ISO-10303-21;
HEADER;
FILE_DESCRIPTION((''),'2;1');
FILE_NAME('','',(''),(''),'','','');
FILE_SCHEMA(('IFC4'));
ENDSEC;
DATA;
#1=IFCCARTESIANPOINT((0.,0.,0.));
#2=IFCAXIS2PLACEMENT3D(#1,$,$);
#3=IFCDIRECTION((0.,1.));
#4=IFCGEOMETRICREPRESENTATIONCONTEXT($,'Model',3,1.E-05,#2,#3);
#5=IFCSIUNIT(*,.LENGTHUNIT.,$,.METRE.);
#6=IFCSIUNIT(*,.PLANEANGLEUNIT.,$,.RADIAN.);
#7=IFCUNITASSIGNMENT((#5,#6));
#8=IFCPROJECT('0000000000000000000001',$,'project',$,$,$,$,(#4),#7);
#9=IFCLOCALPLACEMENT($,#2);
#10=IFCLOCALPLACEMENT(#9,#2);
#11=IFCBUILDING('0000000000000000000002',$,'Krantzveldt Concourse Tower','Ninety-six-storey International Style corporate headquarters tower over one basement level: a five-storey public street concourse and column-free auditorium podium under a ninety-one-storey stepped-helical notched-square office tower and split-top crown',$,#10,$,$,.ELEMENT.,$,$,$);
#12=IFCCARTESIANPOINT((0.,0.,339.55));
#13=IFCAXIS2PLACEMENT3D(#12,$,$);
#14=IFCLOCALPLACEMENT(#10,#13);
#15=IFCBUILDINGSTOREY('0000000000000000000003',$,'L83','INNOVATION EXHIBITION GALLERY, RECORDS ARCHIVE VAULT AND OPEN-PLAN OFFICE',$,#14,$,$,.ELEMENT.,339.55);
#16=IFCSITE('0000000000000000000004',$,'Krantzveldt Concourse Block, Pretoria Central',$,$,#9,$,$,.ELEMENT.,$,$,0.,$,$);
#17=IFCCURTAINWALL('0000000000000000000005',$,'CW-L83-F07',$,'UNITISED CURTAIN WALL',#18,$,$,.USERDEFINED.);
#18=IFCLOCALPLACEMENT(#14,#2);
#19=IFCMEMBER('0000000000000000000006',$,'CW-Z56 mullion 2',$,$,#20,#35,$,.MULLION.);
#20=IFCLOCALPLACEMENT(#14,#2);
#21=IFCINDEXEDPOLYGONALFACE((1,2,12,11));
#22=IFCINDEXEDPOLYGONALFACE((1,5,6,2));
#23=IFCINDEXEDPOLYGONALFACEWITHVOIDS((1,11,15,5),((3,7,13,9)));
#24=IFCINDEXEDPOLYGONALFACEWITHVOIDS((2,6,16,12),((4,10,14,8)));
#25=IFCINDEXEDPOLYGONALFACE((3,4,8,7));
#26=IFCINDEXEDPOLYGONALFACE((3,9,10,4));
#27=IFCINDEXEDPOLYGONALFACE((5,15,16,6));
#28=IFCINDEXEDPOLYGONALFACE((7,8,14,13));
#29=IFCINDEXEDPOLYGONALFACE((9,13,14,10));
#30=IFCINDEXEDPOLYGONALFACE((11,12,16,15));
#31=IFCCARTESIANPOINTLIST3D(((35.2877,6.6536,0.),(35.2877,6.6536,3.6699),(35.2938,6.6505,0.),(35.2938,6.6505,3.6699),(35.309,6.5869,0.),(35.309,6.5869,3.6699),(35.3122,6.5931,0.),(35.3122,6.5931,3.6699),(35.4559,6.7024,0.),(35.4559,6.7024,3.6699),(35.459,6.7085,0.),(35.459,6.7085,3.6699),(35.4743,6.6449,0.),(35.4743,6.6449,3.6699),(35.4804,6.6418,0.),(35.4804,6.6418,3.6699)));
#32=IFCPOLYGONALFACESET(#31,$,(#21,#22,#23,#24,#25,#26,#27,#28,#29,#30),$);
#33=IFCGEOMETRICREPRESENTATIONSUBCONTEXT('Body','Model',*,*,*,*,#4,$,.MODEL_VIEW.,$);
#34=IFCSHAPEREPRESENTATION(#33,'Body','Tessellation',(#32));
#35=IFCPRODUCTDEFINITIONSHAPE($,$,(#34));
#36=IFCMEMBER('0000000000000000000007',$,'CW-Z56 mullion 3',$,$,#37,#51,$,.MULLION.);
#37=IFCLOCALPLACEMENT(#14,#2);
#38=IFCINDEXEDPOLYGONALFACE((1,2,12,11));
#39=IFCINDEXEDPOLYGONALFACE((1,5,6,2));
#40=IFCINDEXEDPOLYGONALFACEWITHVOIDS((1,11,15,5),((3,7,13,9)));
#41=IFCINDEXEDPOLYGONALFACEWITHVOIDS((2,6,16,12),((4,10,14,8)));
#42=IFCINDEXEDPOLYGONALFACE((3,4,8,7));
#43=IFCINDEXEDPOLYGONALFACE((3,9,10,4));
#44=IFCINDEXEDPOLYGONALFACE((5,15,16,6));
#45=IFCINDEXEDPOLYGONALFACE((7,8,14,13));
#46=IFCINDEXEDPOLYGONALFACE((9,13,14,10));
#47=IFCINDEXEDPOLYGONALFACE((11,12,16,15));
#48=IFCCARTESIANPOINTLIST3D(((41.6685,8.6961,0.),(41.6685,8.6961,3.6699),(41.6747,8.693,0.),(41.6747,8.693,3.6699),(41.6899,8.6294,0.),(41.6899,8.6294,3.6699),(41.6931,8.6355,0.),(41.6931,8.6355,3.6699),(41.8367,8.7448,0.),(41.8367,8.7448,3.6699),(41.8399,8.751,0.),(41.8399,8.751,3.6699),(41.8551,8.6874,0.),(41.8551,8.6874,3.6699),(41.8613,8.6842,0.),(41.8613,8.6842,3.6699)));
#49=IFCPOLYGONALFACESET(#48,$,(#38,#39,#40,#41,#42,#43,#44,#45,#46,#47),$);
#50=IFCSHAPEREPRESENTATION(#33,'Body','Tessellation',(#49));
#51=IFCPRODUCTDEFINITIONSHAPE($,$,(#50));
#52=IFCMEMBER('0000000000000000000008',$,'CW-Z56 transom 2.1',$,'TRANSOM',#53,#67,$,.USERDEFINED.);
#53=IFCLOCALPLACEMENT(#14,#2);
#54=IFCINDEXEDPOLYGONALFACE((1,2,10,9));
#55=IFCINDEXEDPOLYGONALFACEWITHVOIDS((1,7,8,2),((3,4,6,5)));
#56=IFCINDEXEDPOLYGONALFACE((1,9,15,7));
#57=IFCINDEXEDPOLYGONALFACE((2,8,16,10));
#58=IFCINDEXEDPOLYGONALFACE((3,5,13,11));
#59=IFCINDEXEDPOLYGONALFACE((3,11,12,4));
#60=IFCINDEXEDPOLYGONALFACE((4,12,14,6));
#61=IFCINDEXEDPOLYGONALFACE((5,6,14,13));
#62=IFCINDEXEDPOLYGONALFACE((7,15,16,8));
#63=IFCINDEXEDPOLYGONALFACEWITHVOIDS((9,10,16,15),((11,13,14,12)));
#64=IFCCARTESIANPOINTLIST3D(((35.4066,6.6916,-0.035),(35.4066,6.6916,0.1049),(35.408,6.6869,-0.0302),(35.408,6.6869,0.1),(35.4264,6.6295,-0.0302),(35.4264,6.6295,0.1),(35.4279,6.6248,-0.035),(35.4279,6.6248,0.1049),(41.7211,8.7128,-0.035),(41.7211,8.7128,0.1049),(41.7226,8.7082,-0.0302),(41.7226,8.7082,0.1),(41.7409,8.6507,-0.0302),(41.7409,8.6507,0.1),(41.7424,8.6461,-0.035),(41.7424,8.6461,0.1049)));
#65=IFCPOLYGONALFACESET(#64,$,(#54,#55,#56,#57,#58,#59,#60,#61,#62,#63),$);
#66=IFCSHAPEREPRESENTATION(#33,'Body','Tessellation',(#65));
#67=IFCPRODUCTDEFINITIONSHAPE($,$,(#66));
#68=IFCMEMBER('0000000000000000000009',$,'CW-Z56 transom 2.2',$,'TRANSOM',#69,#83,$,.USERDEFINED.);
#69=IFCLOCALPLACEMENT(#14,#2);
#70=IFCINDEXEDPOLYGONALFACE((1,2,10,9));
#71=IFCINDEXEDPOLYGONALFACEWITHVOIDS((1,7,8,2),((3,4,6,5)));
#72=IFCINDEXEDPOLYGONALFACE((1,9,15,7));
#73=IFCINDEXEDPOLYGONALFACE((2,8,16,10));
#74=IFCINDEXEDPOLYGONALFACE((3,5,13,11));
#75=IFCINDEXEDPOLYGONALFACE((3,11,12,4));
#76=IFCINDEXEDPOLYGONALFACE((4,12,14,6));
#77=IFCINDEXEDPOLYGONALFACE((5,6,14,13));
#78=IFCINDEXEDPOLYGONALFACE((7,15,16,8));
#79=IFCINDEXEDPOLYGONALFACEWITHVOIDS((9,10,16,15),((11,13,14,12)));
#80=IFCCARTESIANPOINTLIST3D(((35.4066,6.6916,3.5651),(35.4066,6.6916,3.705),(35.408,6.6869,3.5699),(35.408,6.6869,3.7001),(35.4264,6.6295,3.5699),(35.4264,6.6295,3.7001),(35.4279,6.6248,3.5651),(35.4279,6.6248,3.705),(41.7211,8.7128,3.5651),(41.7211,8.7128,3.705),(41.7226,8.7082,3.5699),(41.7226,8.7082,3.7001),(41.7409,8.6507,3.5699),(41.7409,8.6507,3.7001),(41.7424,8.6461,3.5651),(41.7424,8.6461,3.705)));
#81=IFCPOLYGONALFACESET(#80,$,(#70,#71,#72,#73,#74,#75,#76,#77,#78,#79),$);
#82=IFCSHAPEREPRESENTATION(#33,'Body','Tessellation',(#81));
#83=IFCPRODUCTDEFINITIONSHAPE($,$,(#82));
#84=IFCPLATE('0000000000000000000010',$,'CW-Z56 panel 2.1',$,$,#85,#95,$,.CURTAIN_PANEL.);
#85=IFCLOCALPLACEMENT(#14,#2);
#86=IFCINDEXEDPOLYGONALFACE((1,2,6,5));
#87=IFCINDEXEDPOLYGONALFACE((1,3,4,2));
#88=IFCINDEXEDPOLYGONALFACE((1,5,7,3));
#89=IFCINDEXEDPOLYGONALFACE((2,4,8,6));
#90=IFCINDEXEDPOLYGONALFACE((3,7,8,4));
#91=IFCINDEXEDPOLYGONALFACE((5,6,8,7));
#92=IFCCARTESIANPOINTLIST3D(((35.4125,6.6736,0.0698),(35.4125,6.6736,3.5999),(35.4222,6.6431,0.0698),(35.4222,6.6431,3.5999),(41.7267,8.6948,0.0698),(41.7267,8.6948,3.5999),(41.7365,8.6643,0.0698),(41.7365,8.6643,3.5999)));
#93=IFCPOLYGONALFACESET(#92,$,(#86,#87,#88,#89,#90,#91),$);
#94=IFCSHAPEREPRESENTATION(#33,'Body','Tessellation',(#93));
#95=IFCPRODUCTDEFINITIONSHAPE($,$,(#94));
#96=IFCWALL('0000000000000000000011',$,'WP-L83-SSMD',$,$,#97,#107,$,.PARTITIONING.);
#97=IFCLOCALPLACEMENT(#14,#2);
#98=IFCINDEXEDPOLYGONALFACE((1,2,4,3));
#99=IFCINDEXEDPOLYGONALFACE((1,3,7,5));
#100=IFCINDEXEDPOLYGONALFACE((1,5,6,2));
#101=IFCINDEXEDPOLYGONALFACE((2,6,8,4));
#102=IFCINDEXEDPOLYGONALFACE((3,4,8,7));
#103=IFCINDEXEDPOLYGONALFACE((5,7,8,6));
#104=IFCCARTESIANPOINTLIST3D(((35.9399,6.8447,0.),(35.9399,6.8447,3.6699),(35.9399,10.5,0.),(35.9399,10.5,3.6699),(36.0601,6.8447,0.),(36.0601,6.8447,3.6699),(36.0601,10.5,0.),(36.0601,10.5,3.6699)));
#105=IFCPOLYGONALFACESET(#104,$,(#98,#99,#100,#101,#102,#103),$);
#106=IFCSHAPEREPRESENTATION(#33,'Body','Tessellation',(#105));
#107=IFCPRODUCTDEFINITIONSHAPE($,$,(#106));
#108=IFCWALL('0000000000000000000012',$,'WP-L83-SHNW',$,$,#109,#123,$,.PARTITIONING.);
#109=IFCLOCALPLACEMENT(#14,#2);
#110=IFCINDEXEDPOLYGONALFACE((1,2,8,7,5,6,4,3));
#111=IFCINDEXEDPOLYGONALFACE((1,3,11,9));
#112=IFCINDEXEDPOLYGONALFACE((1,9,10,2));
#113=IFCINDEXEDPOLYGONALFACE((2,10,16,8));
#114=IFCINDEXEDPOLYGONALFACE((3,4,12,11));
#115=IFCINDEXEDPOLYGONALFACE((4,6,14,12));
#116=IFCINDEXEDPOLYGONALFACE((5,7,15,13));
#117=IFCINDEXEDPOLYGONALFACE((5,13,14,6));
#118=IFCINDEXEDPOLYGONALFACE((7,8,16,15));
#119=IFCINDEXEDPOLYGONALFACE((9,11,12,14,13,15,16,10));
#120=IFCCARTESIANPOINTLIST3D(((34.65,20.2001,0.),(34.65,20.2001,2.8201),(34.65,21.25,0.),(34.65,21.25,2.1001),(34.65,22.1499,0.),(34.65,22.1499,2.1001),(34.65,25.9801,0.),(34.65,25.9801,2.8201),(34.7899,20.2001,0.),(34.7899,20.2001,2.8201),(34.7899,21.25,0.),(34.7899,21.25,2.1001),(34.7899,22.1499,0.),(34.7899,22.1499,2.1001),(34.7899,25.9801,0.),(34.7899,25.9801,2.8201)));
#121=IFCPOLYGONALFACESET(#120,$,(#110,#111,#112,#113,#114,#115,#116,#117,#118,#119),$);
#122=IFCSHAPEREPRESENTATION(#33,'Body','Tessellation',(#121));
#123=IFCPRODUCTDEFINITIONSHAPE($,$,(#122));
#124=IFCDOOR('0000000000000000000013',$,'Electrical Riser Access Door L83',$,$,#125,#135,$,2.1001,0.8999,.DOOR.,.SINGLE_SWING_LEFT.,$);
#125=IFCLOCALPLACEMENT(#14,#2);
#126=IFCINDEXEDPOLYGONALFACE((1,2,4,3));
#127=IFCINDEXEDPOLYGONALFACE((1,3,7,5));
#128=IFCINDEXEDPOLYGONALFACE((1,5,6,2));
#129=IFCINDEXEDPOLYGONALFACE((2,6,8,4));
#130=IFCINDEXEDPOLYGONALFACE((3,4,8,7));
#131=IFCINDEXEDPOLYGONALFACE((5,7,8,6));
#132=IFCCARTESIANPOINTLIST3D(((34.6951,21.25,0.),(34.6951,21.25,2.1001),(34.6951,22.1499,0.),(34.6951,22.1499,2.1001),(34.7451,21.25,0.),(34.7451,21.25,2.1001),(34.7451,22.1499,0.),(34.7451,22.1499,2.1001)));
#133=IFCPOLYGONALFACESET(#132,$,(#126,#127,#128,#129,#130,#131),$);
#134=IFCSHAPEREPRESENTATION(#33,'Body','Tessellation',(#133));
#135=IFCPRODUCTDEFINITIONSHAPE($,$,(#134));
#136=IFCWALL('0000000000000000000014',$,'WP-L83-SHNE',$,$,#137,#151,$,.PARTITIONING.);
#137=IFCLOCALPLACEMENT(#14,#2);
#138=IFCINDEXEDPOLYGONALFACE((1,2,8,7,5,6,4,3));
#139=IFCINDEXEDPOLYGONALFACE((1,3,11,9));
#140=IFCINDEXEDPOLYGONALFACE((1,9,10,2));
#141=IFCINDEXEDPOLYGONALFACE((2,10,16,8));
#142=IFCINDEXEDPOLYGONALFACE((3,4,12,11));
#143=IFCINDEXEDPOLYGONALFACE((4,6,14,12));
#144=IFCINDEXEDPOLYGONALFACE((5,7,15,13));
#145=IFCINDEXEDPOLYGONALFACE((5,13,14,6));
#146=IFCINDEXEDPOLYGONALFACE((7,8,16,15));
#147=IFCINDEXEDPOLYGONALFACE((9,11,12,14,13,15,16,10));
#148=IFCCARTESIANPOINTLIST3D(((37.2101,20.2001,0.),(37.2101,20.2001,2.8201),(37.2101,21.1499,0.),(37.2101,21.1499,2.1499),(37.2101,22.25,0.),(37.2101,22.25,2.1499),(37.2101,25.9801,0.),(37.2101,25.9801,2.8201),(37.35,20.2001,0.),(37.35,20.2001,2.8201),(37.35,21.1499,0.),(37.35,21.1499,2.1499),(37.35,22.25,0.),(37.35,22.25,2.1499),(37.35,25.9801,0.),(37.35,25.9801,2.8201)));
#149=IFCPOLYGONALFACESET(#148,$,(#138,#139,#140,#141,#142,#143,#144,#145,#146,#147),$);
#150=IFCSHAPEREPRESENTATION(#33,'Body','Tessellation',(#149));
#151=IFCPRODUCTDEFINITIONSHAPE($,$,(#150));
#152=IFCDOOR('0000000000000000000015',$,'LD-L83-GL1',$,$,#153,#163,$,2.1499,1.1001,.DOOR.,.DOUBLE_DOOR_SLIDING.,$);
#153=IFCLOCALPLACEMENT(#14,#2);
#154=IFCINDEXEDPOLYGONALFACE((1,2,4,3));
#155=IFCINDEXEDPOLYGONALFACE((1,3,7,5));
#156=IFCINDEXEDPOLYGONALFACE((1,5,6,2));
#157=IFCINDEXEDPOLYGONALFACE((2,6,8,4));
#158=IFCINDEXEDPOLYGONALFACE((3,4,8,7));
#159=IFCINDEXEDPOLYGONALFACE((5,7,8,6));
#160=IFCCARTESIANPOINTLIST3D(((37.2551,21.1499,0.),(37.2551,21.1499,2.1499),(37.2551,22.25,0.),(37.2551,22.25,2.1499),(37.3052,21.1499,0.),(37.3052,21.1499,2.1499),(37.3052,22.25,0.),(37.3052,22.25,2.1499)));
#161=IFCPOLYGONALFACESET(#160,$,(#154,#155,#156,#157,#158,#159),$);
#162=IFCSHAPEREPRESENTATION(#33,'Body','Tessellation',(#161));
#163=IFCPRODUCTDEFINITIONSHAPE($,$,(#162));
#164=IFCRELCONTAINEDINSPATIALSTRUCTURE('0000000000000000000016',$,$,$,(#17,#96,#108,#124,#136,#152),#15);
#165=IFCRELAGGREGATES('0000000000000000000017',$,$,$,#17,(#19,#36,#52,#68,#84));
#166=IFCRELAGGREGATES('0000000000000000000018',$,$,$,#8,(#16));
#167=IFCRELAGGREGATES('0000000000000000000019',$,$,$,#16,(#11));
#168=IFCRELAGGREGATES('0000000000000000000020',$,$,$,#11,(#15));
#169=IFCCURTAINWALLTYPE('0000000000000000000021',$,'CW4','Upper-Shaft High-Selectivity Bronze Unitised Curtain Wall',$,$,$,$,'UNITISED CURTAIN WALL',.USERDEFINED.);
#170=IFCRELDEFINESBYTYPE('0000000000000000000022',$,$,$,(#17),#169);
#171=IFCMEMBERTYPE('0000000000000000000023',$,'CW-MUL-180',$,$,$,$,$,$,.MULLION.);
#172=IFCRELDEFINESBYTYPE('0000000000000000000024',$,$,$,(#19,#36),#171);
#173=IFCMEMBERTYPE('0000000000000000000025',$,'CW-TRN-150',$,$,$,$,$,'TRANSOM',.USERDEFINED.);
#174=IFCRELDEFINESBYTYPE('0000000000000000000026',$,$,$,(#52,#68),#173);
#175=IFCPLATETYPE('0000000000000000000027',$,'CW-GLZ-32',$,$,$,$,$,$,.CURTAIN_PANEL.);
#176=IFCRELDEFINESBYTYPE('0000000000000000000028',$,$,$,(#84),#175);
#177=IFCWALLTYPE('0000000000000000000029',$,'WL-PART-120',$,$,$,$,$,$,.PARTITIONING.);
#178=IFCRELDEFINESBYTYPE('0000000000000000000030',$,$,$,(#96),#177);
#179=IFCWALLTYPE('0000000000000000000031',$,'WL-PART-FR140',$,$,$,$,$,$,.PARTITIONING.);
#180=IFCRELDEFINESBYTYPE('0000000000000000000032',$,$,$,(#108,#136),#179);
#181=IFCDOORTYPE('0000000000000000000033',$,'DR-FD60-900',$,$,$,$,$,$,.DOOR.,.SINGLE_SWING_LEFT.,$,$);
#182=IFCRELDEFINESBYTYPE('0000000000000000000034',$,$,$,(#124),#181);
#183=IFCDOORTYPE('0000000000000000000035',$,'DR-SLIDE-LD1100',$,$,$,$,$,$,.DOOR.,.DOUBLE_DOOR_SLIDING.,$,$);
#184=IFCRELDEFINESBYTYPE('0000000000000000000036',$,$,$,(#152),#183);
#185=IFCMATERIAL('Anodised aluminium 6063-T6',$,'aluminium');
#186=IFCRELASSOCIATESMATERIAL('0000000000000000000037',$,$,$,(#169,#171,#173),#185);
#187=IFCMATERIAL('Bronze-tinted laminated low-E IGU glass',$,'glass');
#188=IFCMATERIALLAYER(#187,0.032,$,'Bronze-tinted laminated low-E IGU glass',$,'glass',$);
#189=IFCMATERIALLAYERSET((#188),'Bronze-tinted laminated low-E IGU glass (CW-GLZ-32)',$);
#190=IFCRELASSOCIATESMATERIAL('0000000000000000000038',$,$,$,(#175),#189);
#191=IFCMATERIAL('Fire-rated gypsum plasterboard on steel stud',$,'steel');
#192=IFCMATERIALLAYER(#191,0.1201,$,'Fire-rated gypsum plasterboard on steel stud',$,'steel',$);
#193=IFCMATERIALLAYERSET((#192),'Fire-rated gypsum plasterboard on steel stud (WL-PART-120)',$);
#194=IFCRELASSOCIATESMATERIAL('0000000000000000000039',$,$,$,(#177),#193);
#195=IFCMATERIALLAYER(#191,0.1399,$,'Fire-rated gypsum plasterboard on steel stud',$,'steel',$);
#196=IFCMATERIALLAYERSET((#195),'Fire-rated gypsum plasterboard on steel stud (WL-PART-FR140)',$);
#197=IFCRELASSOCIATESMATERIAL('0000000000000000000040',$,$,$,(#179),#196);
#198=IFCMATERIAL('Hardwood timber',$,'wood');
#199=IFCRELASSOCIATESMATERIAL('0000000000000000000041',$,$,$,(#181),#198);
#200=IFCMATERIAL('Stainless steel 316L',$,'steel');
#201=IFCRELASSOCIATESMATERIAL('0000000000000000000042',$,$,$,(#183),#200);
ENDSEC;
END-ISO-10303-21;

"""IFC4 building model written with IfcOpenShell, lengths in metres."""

from ifc_helpers import new_model, si_unit, direction, frame, frame_2d, origin, origin_2d, place, context, subcontext, project, spatial, rectangle, hollow_rectangle, extrude, source, transform, mapped, material, layer, layer_set, material_profile, profile_set, type_object, type_shapes, element, fill, aggregate, save


model = new_model("IFC4")

# Units and contexts
model_context = context("Model", 3, precision=1e-05, world=origin(), true_north=direction((0.0, 1.0)))
body_context = subcontext(model_context, "Body", "Model", "MODEL_VIEW")
ifc_project = project(units=[si_unit("LENGTHUNIT", "METRE"), si_unit("PLANEANGLEUNIT", "RADIAN")], contexts=[model_context])

# Site, building, storey
site_placement = place(None, origin())
site = spatial("IfcSite", under=ifc_project, at=site_placement, Name="Krantzveldt Concourse Block, Pretoria Central", CompositionType="ELEMENT", RefElevation=0.0)
building_placement = place(site_placement, origin())
building = spatial("IfcBuilding", under=site, at=building_placement, Name="Krantzveldt Concourse Tower", Description="Ninety-six-storey International Style corporate headquarters tower over one basement level: a five-storey public street concourse and column-free auditorium podium under a ninety-one-storey stepped-helical notched-square office tower and split-top crown", CompositionType="ELEMENT")
storey_placement = place(building_placement, frame((0.0, 0.0, 339.55)))
storey = spatial("IfcBuildingStorey", under=building, at=storey_placement, Name="L83", Description="INNOVATION EXHIBITION GALLERY, RECORDS ARCHIVE VAULT AND OPEN-PLAN OFFICE", CompositionType="ELEMENT", Elevation=339.55)

# Curtain wall, members, plate
ifc_material_1 = material(Name="Anodised aluminium 6063-T6", Category="aluminium")
curtain_wall_type = type_object("IfcCurtainWallType", Name="CW4", Description="Upper-Shaft High-Selectivity Bronze Unitised Curtain Wall", ElementType="UNITISED CURTAIN WALL", PredefinedType="USERDEFINED", material=ifc_material_1)
curtain_wall_placement = place(storey_placement, origin())
curtain_wall = element("IfcCurtainWall", 1, at=curtain_wall_placement, inside=storey, type_object=curtain_wall_type, Name="CW-L83-F07", ObjectType="UNITISED CURTAIN WALL", PredefinedType="USERDEFINED")
ifc_material_profile_1 = material_profile(ifc_material_1, hollow_rectangle(XDim=0.0701, YDim=0.1799, WallThickness=0.0049, at=origin_2d()), Name="Anodised aluminium 6063-T6", Category="aluminium")
ifc_profile_set_1 = profile_set([ifc_material_profile_1], Name="Anodised aluminium 6063-T6 - ALU-MULL 180x70x5")
member_type_1 = type_object("IfcMemberType", Name="CW-MUL-180", PredefinedType="MULLION", material=ifc_profile_set_1)
shared_shape_1 = source(origin(), body_context, "Body", "SweptSolid", [
    extrude(hollow_rectangle(XDim=0.0701, YDim=0.1799, WallThickness=0.0049, at=origin_2d()), origin(), (0.0, 0.0, 1.0), 3.6699),
])
type_shapes(member_type_1, [shared_shape_1])
member_1_placement = place(storey_placement, frame((35.384, 6.6477, 0.0), z_axis=(0.0, 0.0, 1.0), x_axis=(-0.304864, 0.952396, 0.0)))
member_1 = element("IfcMember", 2, at=member_1_placement, type_object=member_type_1, Name="CW-Z56 mullion 2", PredefinedType="MULLION", context=body_context, shape_type="MappedRepresentation", body=[
    mapped(shared_shape_1, transform((0.0, 0.0, 0.0), x_axis=(1.0, 0.0, 0.0), y_axis=(0.0, 1.0, 0.0), z_axis=(0.0, 0.0, 1.0), scale=1.0)),
])
member_2_placement = place(storey_placement, frame((41.7649, 8.6902, 0.0), z_axis=(0.0, 0.0, 1.0), x_axis=(-0.304864, 0.952396, 0.0)))
member_2 = element("IfcMember", 3, at=member_2_placement, type_object=member_type_1, Name="CW-Z56 mullion 3", PredefinedType="MULLION", context=body_context, shape_type="MappedRepresentation", body=[
    mapped(shared_shape_1, transform((0.0, 0.0, 0.0), x_axis=(1.0, 0.0, 0.0), y_axis=(0.0, 1.0, 0.0), z_axis=(0.0, 0.0, 1.0), scale=1.0)),
])
ifc_material_profile_2 = material_profile(ifc_material_1, hollow_rectangle(XDim=0.0701, YDim=0.1399, WallThickness=0.0049, at=origin_2d()), Name="Anodised aluminium 6063-T6", Category="aluminium")
ifc_profile_set_2 = profile_set([ifc_material_profile_2], Name="Anodised aluminium 6063-T6 - ALU-TRAN 140x70x5")
member_type_2 = type_object("IfcMemberType", Name="CW-TRN-150", ElementType="TRANSOM", PredefinedType="USERDEFINED", material=ifc_profile_set_2)
shared_shape_2 = source(origin(), body_context, "Body", "SweptSolid", [
    extrude(hollow_rectangle(XDim=0.0701, YDim=0.1399, WallThickness=0.0049, at=origin_2d()), origin(), (0.0, 0.0, 1.0), 6.6301),
])
type_shapes(member_type_2, [shared_shape_2])
member_3_placement = place(storey_placement, frame((35.4172, 6.6582, 0.0349), z_axis=(0.952397, 0.30486, 0.0), x_axis=(-0.30486, 0.952397, 0.0)))
member_3 = element("IfcMember", 4, at=member_3_placement, type_object=member_type_2, Name="CW-Z56 transom 2.1", ObjectType="TRANSOM", PredefinedType="USERDEFINED", context=body_context, shape_type="MappedRepresentation", body=[
    mapped(shared_shape_2, transform((0.0, 0.0, 0.0), x_axis=(1.0, 0.0, 0.0), y_axis=(0.0, 1.0, 0.0), z_axis=(0.0, 0.0, 1.0), scale=1.0)),
])
member_4_placement = place(storey_placement, frame((35.4172, 6.6582, 3.635), z_axis=(0.952397, 0.30486, 0.0), x_axis=(-0.30486, 0.952397, 0.0)))
member_4 = element("IfcMember", 5, at=member_4_placement, type_object=member_type_2, Name="CW-Z56 transom 2.2", ObjectType="TRANSOM", PredefinedType="USERDEFINED", context=body_context, shape_type="MappedRepresentation", body=[
    mapped(shared_shape_2, transform((0.0, 0.0, 0.0), x_axis=(1.0, 0.0, 0.0), y_axis=(0.0, 1.0, 0.0), z_axis=(0.0, 0.0, 1.0), scale=1.0)),
])
ifc_material_2 = material(Name="Bronze-tinted laminated low-E IGU glass", Category="glass")
ifc_layer_1 = layer(ifc_material_2, 0.032, Name="Bronze-tinted laminated low-E IGU glass", Category="glass")
ifc_layer_set_1 = layer_set([ifc_layer_1], Name="Bronze-tinted laminated low-E IGU glass (CW-GLZ-32)")
plate_type = type_object("IfcPlateType", Name="CW-GLZ-32", PredefinedType="CURTAIN_PANEL", material=ifc_layer_set_1)
shared_shape_3 = source(origin(), body_context, "Body", "SweptSolid", [
    extrude(rectangle(XDim=6.6299, YDim=0.032, at=origin_2d()), origin(), (0.0, 0.0, 1.0), 3.53),
])
type_shapes(plate_type, [shared_shape_3])
plate_placement = place(storey_placement, frame((38.5745, 7.6689, 0.0698), z_axis=(0.0, 0.0, 1.0), x_axis=(0.952396, 0.304864, 0.0)))
plate = element("IfcPlate", 6, at=plate_placement, type_object=plate_type, Name="CW-Z56 panel 2.1", PredefinedType="CURTAIN_PANEL", context=body_context, shape_type="MappedRepresentation", body=[
    mapped(shared_shape_3, transform((0.0, 0.0, 0.0), x_axis=(1.0, 0.0, 0.0), y_axis=(0.0, 1.0, 0.0), z_axis=(0.0, 0.0, 1.0), scale=1.0)),
])
aggregate(curtain_wall, [member_1, member_2, member_3, member_4, plate])

# Wall
ifc_material_3 = material(Name="Fire-rated gypsum plasterboard on steel stud", Category="steel")
ifc_layer_2 = layer(ifc_material_3, 0.1201, Name="Fire-rated gypsum plasterboard on steel stud", Category="steel")
ifc_layer_set_2 = layer_set([ifc_layer_2], Name="Fire-rated gypsum plasterboard on steel stud (WL-PART-120)")
wall_type_1 = type_object("IfcWallType", Name="WL-PART-120", PredefinedType="PARTITIONING", material=ifc_layer_set_2)
wall_1_placement = place(storey_placement, frame((36.0, 6.8447, 0.0), z_axis=(0.0, 0.0, 1.0), x_axis=(0.0, 1.0, 0.0)))
element("IfcWall", 7, at=wall_1_placement, inside=storey, type_object=wall_type_1, Name="WP-L83-SSMD", PredefinedType="PARTITIONING", context=body_context, shape_type="SweptSolid", body=[
    extrude(rectangle(XDim=3.6553, YDim=0.1201, at=frame_2d((1.8276, 0.0))), origin(), (0.0, 0.0, 1.0), 3.6699),
])

# Walls, openings, doors
ifc_layer_3 = layer(ifc_material_3, 0.1399, Name="Fire-rated gypsum plasterboard on steel stud", Category="steel")
ifc_layer_set_3 = layer_set([ifc_layer_3], Name="Fire-rated gypsum plasterboard on steel stud (WL-PART-FR140)")
wall_type_2 = type_object("IfcWallType", Name="WL-PART-FR140", PredefinedType="PARTITIONING", material=ifc_layer_set_3)
wall_2_placement = place(storey_placement, frame((34.72, 20.2, 0.0), z_axis=(0.0, 0.0, 1.0), x_axis=(0.0, 1.0, 0.0)))
wall_2 = element("IfcWall", 8, at=wall_2_placement, inside=storey, type_object=wall_type_2, Name="WP-L83-SHNW", PredefinedType="PARTITIONING", context=body_context, shape_type="SweptSolid", body=[
    extrude(rectangle(XDim=5.78, YDim=0.1399, at=frame_2d((2.8901, 0.0))), origin(), (0.0, 0.0, 1.0), 2.8201),
])
opening_1_placement = place(wall_2_placement, frame((1.05, 0.0, 0.0)))
opening_1 = element("IfcOpeningElement", 9, at=opening_1_placement, cuts=wall_2, PredefinedType="OPENING", context=body_context, shape_type="SweptSolid", body=[
    extrude(rectangle(XDim=0.8999, YDim=2.1001, at=frame_2d((0.45, 1.05))), frame((0.0, 0.0801, 0.0), z_axis=(0.0, -1.0, 0.0), x_axis=(1.0, 0.0, 0.0)), (0.0, 0.0, 1.0), 0.1599),
])
ifc_material_4 = material(Name="Hardwood timber", Category="wood")
door_type_1 = type_object("IfcDoorType", Name="DR-FD60-900", OperationType="SINGLE_SWING_LEFT", PredefinedType="DOOR", material=ifc_material_4)
door_1_placement = place(opening_1_placement, origin())
door_1 = element("IfcDoor", 10, at=door_1_placement, inside=storey, type_object=door_type_1, Name="Electrical Riser Access Door L83", OperationType="SINGLE_SWING_LEFT", OverallHeight=2.1001, OverallWidth=0.8999, PredefinedType="DOOR", context=body_context, shape_type="SweptSolid", body=[
    extrude(rectangle(XDim=0.8999, YDim=2.1001, at=frame_2d((0.45, 1.05))), frame((0.0, 0.0249, 0.0), z_axis=(0.0, -1.0, 0.0), x_axis=(1.0, 0.0, 0.0)), (0.0, 0.0, 1.0), 0.05),
])
fill(opening_1, door_1)
wall_3_placement = place(storey_placement, frame((37.28, 20.2, 0.0), z_axis=(0.0, 0.0, 1.0), x_axis=(0.0, 1.0, 0.0)))
wall_3 = element("IfcWall", 11, at=wall_3_placement, inside=storey, type_object=wall_type_2, Name="WP-L83-SHNE", PredefinedType="PARTITIONING", context=body_context, shape_type="SweptSolid", body=[
    extrude(rectangle(XDim=5.78, YDim=0.1399, at=frame_2d((2.8901, 0.0))), origin(), (0.0, 0.0, 1.0), 2.8201),
])
opening_2_placement = place(wall_3_placement, frame((0.95, 0.0, 0.0)))
opening_2 = element("IfcOpeningElement", 12, at=opening_2_placement, cuts=wall_3, PredefinedType="OPENING", context=body_context, shape_type="SweptSolid", body=[
    extrude(rectangle(XDim=1.1001, YDim=2.1499, at=frame_2d((0.55, 1.075))), frame((0.0, 0.0801, 0.0), z_axis=(0.0, -1.0, 0.0), x_axis=(1.0, 0.0, 0.0)), (0.0, 0.0, 1.0), 0.1599),
])
ifc_material_5 = material(Name="Stainless steel 316L", Category="steel")
door_type_2 = type_object("IfcDoorType", Name="DR-SLIDE-LD1100", OperationType="DOUBLE_DOOR_SLIDING", PredefinedType="DOOR", material=ifc_material_5)
door_2_placement = place(opening_2_placement, origin())
door_2 = element("IfcDoor", 13, at=door_2_placement, inside=storey, type_object=door_type_2, Name="LD-L83-GL1", OperationType="DOUBLE_DOOR_SLIDING", OverallHeight=2.1499, OverallWidth=1.1001, PredefinedType="DOOR", context=body_context, shape_type="SweptSolid", body=[
    extrude(rectangle(XDim=1.1001, YDim=2.1499, at=frame_2d((0.55, 1.075))), frame((0.0, 0.0249, 0.0), z_axis=(0.0, -1.0, 0.0), x_axis=(1.0, 0.0, 0.0)), (0.0, 0.0, 1.0), 0.05),
])
fill(opening_2, door_2)

save(model, "model.ifc")
